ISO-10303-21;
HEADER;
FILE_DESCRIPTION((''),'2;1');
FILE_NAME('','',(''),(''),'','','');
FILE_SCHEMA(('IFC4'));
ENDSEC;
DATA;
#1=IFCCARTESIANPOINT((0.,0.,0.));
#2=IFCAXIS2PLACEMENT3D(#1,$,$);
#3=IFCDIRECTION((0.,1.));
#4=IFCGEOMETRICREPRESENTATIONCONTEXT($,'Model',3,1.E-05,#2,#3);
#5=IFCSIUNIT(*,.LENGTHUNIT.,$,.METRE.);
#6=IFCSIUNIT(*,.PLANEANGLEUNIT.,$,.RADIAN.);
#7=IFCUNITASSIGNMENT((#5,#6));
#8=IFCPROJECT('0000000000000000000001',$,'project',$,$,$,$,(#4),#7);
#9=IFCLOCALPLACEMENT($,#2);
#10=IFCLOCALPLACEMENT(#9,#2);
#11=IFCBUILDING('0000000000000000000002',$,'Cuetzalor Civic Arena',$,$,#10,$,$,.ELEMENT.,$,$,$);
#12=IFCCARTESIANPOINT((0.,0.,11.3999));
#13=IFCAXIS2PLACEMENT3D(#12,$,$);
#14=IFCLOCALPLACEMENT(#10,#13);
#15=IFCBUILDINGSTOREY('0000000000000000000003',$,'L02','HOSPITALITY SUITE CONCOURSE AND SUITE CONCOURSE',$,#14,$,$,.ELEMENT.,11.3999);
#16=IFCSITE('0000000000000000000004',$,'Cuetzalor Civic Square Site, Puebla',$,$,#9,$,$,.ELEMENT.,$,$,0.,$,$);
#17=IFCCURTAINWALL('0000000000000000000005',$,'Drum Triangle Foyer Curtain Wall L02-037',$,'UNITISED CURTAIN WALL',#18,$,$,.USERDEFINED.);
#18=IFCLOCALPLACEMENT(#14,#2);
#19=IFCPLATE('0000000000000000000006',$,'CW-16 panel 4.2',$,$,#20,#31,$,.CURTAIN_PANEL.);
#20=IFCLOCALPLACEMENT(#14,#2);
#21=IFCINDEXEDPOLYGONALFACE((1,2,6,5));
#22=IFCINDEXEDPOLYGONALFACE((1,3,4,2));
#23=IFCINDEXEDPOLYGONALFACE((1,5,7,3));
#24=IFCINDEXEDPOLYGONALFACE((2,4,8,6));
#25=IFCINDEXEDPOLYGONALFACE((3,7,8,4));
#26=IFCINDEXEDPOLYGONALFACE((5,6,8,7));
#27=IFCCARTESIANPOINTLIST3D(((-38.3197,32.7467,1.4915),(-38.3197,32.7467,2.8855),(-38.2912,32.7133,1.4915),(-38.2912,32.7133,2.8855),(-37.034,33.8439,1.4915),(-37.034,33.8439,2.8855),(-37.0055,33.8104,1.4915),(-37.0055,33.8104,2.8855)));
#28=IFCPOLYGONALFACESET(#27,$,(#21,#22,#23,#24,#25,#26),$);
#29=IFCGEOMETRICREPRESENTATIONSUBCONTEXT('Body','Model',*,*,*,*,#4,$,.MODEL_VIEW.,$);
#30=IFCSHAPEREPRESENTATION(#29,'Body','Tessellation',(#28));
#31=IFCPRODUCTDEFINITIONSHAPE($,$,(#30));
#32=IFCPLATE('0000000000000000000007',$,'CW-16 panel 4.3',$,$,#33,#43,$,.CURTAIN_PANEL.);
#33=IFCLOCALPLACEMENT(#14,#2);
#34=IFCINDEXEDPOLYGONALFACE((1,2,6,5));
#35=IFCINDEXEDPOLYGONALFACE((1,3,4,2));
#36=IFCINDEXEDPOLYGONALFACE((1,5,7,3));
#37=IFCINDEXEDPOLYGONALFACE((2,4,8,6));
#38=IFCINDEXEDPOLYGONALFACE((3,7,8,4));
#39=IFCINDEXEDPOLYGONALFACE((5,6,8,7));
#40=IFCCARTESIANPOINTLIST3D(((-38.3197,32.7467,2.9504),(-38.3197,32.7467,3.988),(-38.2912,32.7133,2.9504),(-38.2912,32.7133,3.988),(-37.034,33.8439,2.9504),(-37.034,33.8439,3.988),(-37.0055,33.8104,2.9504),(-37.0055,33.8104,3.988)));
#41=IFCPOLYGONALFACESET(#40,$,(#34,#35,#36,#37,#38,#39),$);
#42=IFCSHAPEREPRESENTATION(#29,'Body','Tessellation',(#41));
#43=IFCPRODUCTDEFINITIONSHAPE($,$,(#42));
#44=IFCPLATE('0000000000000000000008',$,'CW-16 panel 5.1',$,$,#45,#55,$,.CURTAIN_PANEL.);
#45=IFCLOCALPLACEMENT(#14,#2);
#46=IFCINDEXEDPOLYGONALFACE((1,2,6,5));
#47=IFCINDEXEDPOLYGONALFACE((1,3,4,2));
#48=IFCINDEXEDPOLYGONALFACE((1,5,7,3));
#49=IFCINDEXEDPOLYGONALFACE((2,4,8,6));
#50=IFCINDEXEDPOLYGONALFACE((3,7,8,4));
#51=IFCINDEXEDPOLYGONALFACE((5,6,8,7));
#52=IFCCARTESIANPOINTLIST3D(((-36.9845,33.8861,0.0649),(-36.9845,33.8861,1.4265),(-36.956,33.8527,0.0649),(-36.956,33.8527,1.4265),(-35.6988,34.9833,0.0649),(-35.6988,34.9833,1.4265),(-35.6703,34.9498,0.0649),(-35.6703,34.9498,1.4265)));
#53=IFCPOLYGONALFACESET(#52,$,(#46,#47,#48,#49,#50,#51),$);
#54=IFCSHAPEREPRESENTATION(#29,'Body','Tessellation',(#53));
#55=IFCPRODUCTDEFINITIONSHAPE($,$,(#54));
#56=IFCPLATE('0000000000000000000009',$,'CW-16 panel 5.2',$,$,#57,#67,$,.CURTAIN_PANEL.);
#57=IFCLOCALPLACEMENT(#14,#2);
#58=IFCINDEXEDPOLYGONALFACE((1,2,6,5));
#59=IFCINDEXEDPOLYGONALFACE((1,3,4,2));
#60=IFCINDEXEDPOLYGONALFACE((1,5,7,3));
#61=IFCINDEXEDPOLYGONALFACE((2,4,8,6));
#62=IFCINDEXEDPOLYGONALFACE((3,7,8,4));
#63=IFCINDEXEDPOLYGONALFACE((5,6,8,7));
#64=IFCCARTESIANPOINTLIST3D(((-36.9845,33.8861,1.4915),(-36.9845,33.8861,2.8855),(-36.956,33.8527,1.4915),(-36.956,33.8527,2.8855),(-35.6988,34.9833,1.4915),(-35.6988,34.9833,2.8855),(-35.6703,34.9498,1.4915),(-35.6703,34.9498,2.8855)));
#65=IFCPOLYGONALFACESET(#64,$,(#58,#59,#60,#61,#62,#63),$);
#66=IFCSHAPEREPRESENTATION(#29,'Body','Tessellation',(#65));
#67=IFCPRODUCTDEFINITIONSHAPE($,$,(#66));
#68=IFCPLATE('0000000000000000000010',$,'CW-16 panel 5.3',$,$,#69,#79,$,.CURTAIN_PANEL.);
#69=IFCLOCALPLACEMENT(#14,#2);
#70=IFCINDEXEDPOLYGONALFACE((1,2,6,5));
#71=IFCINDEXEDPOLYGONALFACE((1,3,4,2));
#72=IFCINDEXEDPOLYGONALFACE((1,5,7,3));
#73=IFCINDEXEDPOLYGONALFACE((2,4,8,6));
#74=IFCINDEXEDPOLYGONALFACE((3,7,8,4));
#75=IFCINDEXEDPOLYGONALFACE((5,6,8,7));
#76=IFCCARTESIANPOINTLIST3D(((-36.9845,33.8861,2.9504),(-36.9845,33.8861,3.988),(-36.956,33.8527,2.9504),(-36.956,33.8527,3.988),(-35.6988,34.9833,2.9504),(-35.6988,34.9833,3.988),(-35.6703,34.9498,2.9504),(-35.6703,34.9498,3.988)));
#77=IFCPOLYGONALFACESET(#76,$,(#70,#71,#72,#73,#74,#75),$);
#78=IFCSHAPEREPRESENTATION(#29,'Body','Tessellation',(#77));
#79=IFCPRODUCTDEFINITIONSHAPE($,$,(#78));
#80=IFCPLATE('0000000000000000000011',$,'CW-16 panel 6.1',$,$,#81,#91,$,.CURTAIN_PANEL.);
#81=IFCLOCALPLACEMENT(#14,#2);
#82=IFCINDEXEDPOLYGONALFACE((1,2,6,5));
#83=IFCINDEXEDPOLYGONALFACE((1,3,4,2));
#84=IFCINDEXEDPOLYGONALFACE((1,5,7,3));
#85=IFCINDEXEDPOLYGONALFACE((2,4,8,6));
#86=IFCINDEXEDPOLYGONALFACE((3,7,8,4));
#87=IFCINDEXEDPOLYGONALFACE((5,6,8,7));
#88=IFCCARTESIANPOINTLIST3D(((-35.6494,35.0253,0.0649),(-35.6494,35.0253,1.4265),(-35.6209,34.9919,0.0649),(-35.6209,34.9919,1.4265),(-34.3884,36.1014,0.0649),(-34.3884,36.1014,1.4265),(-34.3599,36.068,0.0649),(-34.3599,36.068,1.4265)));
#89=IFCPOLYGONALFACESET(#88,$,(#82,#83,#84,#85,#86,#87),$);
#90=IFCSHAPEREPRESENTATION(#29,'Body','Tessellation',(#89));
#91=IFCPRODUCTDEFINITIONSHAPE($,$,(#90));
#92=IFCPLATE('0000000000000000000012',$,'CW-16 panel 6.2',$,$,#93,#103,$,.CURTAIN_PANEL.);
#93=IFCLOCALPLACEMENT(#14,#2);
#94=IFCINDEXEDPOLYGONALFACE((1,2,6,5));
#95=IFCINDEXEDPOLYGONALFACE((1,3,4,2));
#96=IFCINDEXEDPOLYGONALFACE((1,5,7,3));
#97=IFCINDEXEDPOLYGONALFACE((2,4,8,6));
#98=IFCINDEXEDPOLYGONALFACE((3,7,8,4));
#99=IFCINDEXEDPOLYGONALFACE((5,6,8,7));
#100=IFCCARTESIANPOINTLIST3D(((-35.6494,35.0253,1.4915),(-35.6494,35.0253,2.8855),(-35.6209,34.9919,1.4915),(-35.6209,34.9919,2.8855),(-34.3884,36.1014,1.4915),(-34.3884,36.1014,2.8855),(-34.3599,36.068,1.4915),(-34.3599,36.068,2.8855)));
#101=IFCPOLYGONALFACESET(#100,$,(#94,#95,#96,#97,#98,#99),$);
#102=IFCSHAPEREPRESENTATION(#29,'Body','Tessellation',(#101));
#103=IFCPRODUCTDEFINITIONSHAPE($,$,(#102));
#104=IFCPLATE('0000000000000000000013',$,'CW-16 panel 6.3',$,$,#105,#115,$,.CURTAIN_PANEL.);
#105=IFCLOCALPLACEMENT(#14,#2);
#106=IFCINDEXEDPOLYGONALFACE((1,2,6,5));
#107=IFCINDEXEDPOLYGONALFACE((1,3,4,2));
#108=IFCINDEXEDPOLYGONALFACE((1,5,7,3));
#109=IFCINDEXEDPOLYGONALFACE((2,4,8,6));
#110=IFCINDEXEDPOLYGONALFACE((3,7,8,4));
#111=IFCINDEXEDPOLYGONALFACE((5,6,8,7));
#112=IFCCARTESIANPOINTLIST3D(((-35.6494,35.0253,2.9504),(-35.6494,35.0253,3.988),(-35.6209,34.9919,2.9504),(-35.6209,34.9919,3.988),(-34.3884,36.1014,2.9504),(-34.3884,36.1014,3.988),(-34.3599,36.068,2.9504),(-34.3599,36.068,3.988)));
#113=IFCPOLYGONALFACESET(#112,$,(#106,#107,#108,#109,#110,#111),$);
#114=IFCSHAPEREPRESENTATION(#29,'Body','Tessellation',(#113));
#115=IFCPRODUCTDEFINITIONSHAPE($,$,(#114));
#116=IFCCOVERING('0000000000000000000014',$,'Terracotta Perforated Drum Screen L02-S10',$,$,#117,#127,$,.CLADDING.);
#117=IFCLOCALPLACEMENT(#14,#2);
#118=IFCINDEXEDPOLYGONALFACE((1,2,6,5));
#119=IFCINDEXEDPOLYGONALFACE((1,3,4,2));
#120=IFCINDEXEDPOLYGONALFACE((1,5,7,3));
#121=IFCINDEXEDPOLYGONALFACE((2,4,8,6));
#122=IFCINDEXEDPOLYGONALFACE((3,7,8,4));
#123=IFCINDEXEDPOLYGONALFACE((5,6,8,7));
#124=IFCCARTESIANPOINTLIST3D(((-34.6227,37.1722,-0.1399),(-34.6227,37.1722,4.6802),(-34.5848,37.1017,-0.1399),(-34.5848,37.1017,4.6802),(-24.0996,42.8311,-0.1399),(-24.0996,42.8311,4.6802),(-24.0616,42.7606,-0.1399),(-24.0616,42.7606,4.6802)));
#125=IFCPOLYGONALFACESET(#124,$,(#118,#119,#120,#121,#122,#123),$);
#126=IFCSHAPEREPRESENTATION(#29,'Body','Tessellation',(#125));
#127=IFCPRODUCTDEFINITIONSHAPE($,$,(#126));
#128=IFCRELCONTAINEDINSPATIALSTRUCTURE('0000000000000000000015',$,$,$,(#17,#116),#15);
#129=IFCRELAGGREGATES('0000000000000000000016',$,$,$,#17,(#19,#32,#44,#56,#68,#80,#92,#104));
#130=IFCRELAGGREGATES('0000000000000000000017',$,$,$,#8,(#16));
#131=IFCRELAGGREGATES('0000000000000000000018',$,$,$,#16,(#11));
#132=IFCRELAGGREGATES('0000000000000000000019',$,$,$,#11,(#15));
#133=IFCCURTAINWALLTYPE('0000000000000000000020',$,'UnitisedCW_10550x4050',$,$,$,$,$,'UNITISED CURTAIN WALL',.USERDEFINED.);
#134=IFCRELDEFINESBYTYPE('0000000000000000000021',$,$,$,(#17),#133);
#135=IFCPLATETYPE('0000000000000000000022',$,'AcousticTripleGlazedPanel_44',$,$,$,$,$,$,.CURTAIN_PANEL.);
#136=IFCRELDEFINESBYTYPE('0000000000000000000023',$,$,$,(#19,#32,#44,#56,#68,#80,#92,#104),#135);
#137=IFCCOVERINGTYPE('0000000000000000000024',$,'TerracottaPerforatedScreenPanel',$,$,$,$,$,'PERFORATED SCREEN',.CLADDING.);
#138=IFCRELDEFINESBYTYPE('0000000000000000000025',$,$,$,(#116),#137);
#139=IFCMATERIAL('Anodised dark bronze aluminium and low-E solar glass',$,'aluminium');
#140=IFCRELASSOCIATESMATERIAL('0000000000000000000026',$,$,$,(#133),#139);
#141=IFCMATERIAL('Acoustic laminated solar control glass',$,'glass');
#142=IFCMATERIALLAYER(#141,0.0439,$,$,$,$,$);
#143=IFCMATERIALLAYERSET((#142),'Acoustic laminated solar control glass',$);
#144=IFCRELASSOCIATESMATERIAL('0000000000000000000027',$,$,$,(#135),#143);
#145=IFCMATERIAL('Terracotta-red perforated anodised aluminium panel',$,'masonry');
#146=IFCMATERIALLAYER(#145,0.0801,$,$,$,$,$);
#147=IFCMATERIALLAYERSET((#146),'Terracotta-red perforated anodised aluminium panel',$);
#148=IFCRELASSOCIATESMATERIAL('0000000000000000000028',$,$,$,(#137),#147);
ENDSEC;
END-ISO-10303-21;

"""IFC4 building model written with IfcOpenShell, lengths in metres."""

from ifc_helpers import new_model, si_unit, direction, frame, frame_2d, origin, origin_2d, place, context, subcontext, project, spatial, rectangle, extrude, material, layer, layer_set, type_object, element, aggregate, save


model = new_model("IFC4")

# Units and contexts
model_context = context("Model", 3, precision=1e-05, world=origin(), true_north=direction((0.0, 1.0)))
body_context = subcontext(model_context, "Body", "Model", "MODEL_VIEW")
ifc_project = project(units=[si_unit("LENGTHUNIT", "METRE"), si_unit("PLANEANGLEUNIT", "RADIAN")], contexts=[model_context])

# Site, building, storey
site_placement = place(None, origin())
site = spatial("IfcSite", under=ifc_project, at=site_placement, Name="Cuetzalor Civic Square Site, Puebla", CompositionType="ELEMENT", RefElevation=0.0)
building_placement = place(site_placement, origin())
building = spatial("IfcBuilding", under=site, at=building_placement, Name="Cuetzalor Civic Arena", CompositionType="ELEMENT")
storey_placement = place(building_placement, frame((0.0, 0.0, 11.3999)))
storey = spatial("IfcBuildingStorey", under=building, at=storey_placement, Name="L02", Description="HOSPITALITY SUITE CONCOURSE AND SUITE CONCOURSE", CompositionType="ELEMENT", Elevation=11.3999)

# Curtain wall
ifc_material_1 = material(Name="Anodised dark bronze aluminium and low-E solar glass", Category="aluminium")
curtain_wall_type = type_object("IfcCurtainWallType", Name="UnitisedCW_10550x4050", ElementType="UNITISED CURTAIN WALL", PredefinedType="USERDEFINED", material=ifc_material_1)
curtain_wall_placement = place(storey_placement, origin())
curtain_wall = element("IfcCurtainWall", 1, at=curtain_wall_placement, inside=storey, type_object=curtain_wall_type, Name="Drum Triangle Foyer Curtain Wall L02-037", ObjectType="UNITISED CURTAIN WALL", PredefinedType="USERDEFINED")

# Plates
ifc_material_2 = material(Name="Acoustic laminated solar control glass", Category="glass")
ifc_layer_1 = layer(ifc_material_2, 0.0439)
ifc_layer_set_1 = layer_set([ifc_layer_1], Name="Acoustic laminated solar control glass")
plate_type = type_object("IfcPlateType", Name="AcousticTripleGlazedPanel_44", PredefinedType="CURTAIN_PANEL", material=ifc_layer_set_1)
plate_1_placement = place(storey_placement, frame((-37.6626, 33.2786, 1.4915), z_axis=(0.0, 0.0, 1.0), x_axis=(0.760677, 0.64913, 0.0)))
plate_1 = element("IfcPlate", 2, at=plate_1_placement, type_object=plate_type, Name="CW-16 panel 4.2", PredefinedType="CURTAIN_PANEL", context=body_context, shape_type="SweptSolid", body=[
    extrude(rectangle(XDim=1.6902, YDim=0.0439, at=origin_2d()), origin(), (0.0, 0.0, 1.0), 1.394),
])
plate_2_placement = place(storey_placement, frame((-37.6626, 33.2786, 2.9504), z_axis=(0.0, 0.0, 1.0), x_axis=(0.760677, 0.64913, 0.0)))
plate_2 = element("IfcPlate", 3, at=plate_2_placement, type_object=plate_type, Name="CW-16 panel 4.3", PredefinedType="CURTAIN_PANEL", context=body_context, shape_type="SweptSolid", body=[
    extrude(rectangle(XDim=1.6902, YDim=0.0439, at=origin_2d()), origin(), (0.0, 0.0, 1.0), 1.0376),
])
plate_3_placement = place(storey_placement, frame((-36.3274, 34.418, 0.0649), z_axis=(0.0, 0.0, 1.0), x_axis=(0.760677, 0.64913, 0.0)))
plate_3 = element("IfcPlate", 4, at=plate_3_placement, type_object=plate_type, Name="CW-16 panel 5.1", PredefinedType="CURTAIN_PANEL", context=body_context, shape_type="SweptSolid", body=[
    extrude(rectangle(XDim=1.6902, YDim=0.0439, at=origin_2d()), origin(), (0.0, 0.0, 1.0), 1.3616),
])
plate_4_placement = place(storey_placement, frame((-36.3274, 34.418, 1.4915), z_axis=(0.0, 0.0, 1.0), x_axis=(0.760677, 0.64913, 0.0)))
plate_4 = element("IfcPlate", 5, at=plate_4_placement, type_object=plate_type, Name="CW-16 panel 5.2", PredefinedType="CURTAIN_PANEL", context=body_context, shape_type="SweptSolid", body=[
    extrude(rectangle(XDim=1.6902, YDim=0.0439, at=origin_2d()), origin(), (0.0, 0.0, 1.0), 1.394),
])
plate_5_placement = place(storey_placement, frame((-36.3274, 34.418, 2.9504), z_axis=(0.0, 0.0, 1.0), x_axis=(0.760677, 0.64913, 0.0)))
plate_5 = element("IfcPlate", 6, at=plate_5_placement, type_object=plate_type, Name="CW-16 panel 5.3", PredefinedType="CURTAIN_PANEL", context=body_context, shape_type="SweptSolid", body=[
    extrude(rectangle(XDim=1.6902, YDim=0.0439, at=origin_2d()), origin(), (0.0, 0.0, 1.0), 1.0376),
])
plate_6_placement = place(storey_placement, frame((-35.0046, 35.5466, 0.0649), z_axis=(0.0, 0.0, 1.0), x_axis=(0.760677, 0.64913, 0.0)))
plate_6 = element("IfcPlate", 7, at=plate_6_placement, type_object=plate_type, Name="CW-16 panel 6.1", PredefinedType="CURTAIN_PANEL", context=body_context, shape_type="SweptSolid", body=[
    extrude(rectangle(XDim=1.6577, YDim=0.0439, at=origin_2d()), origin(), (0.0, 0.0, 1.0), 1.3616),
])
plate_7_placement = place(storey_placement, frame((-35.0046, 35.5466, 1.4915), z_axis=(0.0, 0.0, 1.0), x_axis=(0.760677, 0.64913, 0.0)))
plate_7 = element("IfcPlate", 8, at=plate_7_placement, type_object=plate_type, Name="CW-16 panel 6.2", PredefinedType="CURTAIN_PANEL", context=body_context, shape_type="SweptSolid", body=[
    extrude(rectangle(XDim=1.6577, YDim=0.0439, at=origin_2d()), origin(), (0.0, 0.0, 1.0), 1.394),
])
plate_8_placement = place(storey_placement, frame((-35.0046, 35.5466, 2.9504), z_axis=(0.0, 0.0, 1.0), x_axis=(0.760677, 0.64913, 0.0)))
plate_8 = element("IfcPlate", 9, at=plate_8_placement, type_object=plate_type, Name="CW-16 panel 6.3", PredefinedType="CURTAIN_PANEL", context=body_context, shape_type="SweptSolid", body=[
    extrude(rectangle(XDim=1.6577, YDim=0.0439, at=origin_2d()), origin(), (0.0, 0.0, 1.0), 1.0376),
])
aggregate(curtain_wall, [plate_1, plate_2, plate_3, plate_4, plate_5, plate_6, plate_7, plate_8])

# Covering
ifc_material_3 = material(Name="Terracotta-red perforated anodised aluminium panel", Category="masonry")
ifc_layer_2 = layer(ifc_material_3, 0.0801)
ifc_layer_set_2 = layer_set([ifc_layer_2], Name="Terracotta-red perforated anodised aluminium panel")
covering_type = type_object("IfcCoveringType", Name="TerracottaPerforatedScreenPanel", ElementType="PERFORATED SCREEN", PredefinedType="CLADDING", material=ifc_layer_set_2)
covering_placement = place(storey_placement, frame((-34.6038, 37.137, -0.1399), z_axis=(0.0, 0.0, 1.0), x_axis=(0.880729, 0.47362, 0.0)))
element("IfcCovering", 10, at=covering_placement, inside=storey, type_object=covering_type, Name="Terracotta Perforated Drum Screen L02-S10", PredefinedType="CLADDING", context=body_context, shape_type="SweptSolid", body=[
    extrude(rectangle(XDim=11.9482, YDim=0.0801, at=frame_2d((5.9741, 0.0))), origin(), (0.0, 0.0, 1.0), 4.8201),
])

save(model, "model.ifc")
